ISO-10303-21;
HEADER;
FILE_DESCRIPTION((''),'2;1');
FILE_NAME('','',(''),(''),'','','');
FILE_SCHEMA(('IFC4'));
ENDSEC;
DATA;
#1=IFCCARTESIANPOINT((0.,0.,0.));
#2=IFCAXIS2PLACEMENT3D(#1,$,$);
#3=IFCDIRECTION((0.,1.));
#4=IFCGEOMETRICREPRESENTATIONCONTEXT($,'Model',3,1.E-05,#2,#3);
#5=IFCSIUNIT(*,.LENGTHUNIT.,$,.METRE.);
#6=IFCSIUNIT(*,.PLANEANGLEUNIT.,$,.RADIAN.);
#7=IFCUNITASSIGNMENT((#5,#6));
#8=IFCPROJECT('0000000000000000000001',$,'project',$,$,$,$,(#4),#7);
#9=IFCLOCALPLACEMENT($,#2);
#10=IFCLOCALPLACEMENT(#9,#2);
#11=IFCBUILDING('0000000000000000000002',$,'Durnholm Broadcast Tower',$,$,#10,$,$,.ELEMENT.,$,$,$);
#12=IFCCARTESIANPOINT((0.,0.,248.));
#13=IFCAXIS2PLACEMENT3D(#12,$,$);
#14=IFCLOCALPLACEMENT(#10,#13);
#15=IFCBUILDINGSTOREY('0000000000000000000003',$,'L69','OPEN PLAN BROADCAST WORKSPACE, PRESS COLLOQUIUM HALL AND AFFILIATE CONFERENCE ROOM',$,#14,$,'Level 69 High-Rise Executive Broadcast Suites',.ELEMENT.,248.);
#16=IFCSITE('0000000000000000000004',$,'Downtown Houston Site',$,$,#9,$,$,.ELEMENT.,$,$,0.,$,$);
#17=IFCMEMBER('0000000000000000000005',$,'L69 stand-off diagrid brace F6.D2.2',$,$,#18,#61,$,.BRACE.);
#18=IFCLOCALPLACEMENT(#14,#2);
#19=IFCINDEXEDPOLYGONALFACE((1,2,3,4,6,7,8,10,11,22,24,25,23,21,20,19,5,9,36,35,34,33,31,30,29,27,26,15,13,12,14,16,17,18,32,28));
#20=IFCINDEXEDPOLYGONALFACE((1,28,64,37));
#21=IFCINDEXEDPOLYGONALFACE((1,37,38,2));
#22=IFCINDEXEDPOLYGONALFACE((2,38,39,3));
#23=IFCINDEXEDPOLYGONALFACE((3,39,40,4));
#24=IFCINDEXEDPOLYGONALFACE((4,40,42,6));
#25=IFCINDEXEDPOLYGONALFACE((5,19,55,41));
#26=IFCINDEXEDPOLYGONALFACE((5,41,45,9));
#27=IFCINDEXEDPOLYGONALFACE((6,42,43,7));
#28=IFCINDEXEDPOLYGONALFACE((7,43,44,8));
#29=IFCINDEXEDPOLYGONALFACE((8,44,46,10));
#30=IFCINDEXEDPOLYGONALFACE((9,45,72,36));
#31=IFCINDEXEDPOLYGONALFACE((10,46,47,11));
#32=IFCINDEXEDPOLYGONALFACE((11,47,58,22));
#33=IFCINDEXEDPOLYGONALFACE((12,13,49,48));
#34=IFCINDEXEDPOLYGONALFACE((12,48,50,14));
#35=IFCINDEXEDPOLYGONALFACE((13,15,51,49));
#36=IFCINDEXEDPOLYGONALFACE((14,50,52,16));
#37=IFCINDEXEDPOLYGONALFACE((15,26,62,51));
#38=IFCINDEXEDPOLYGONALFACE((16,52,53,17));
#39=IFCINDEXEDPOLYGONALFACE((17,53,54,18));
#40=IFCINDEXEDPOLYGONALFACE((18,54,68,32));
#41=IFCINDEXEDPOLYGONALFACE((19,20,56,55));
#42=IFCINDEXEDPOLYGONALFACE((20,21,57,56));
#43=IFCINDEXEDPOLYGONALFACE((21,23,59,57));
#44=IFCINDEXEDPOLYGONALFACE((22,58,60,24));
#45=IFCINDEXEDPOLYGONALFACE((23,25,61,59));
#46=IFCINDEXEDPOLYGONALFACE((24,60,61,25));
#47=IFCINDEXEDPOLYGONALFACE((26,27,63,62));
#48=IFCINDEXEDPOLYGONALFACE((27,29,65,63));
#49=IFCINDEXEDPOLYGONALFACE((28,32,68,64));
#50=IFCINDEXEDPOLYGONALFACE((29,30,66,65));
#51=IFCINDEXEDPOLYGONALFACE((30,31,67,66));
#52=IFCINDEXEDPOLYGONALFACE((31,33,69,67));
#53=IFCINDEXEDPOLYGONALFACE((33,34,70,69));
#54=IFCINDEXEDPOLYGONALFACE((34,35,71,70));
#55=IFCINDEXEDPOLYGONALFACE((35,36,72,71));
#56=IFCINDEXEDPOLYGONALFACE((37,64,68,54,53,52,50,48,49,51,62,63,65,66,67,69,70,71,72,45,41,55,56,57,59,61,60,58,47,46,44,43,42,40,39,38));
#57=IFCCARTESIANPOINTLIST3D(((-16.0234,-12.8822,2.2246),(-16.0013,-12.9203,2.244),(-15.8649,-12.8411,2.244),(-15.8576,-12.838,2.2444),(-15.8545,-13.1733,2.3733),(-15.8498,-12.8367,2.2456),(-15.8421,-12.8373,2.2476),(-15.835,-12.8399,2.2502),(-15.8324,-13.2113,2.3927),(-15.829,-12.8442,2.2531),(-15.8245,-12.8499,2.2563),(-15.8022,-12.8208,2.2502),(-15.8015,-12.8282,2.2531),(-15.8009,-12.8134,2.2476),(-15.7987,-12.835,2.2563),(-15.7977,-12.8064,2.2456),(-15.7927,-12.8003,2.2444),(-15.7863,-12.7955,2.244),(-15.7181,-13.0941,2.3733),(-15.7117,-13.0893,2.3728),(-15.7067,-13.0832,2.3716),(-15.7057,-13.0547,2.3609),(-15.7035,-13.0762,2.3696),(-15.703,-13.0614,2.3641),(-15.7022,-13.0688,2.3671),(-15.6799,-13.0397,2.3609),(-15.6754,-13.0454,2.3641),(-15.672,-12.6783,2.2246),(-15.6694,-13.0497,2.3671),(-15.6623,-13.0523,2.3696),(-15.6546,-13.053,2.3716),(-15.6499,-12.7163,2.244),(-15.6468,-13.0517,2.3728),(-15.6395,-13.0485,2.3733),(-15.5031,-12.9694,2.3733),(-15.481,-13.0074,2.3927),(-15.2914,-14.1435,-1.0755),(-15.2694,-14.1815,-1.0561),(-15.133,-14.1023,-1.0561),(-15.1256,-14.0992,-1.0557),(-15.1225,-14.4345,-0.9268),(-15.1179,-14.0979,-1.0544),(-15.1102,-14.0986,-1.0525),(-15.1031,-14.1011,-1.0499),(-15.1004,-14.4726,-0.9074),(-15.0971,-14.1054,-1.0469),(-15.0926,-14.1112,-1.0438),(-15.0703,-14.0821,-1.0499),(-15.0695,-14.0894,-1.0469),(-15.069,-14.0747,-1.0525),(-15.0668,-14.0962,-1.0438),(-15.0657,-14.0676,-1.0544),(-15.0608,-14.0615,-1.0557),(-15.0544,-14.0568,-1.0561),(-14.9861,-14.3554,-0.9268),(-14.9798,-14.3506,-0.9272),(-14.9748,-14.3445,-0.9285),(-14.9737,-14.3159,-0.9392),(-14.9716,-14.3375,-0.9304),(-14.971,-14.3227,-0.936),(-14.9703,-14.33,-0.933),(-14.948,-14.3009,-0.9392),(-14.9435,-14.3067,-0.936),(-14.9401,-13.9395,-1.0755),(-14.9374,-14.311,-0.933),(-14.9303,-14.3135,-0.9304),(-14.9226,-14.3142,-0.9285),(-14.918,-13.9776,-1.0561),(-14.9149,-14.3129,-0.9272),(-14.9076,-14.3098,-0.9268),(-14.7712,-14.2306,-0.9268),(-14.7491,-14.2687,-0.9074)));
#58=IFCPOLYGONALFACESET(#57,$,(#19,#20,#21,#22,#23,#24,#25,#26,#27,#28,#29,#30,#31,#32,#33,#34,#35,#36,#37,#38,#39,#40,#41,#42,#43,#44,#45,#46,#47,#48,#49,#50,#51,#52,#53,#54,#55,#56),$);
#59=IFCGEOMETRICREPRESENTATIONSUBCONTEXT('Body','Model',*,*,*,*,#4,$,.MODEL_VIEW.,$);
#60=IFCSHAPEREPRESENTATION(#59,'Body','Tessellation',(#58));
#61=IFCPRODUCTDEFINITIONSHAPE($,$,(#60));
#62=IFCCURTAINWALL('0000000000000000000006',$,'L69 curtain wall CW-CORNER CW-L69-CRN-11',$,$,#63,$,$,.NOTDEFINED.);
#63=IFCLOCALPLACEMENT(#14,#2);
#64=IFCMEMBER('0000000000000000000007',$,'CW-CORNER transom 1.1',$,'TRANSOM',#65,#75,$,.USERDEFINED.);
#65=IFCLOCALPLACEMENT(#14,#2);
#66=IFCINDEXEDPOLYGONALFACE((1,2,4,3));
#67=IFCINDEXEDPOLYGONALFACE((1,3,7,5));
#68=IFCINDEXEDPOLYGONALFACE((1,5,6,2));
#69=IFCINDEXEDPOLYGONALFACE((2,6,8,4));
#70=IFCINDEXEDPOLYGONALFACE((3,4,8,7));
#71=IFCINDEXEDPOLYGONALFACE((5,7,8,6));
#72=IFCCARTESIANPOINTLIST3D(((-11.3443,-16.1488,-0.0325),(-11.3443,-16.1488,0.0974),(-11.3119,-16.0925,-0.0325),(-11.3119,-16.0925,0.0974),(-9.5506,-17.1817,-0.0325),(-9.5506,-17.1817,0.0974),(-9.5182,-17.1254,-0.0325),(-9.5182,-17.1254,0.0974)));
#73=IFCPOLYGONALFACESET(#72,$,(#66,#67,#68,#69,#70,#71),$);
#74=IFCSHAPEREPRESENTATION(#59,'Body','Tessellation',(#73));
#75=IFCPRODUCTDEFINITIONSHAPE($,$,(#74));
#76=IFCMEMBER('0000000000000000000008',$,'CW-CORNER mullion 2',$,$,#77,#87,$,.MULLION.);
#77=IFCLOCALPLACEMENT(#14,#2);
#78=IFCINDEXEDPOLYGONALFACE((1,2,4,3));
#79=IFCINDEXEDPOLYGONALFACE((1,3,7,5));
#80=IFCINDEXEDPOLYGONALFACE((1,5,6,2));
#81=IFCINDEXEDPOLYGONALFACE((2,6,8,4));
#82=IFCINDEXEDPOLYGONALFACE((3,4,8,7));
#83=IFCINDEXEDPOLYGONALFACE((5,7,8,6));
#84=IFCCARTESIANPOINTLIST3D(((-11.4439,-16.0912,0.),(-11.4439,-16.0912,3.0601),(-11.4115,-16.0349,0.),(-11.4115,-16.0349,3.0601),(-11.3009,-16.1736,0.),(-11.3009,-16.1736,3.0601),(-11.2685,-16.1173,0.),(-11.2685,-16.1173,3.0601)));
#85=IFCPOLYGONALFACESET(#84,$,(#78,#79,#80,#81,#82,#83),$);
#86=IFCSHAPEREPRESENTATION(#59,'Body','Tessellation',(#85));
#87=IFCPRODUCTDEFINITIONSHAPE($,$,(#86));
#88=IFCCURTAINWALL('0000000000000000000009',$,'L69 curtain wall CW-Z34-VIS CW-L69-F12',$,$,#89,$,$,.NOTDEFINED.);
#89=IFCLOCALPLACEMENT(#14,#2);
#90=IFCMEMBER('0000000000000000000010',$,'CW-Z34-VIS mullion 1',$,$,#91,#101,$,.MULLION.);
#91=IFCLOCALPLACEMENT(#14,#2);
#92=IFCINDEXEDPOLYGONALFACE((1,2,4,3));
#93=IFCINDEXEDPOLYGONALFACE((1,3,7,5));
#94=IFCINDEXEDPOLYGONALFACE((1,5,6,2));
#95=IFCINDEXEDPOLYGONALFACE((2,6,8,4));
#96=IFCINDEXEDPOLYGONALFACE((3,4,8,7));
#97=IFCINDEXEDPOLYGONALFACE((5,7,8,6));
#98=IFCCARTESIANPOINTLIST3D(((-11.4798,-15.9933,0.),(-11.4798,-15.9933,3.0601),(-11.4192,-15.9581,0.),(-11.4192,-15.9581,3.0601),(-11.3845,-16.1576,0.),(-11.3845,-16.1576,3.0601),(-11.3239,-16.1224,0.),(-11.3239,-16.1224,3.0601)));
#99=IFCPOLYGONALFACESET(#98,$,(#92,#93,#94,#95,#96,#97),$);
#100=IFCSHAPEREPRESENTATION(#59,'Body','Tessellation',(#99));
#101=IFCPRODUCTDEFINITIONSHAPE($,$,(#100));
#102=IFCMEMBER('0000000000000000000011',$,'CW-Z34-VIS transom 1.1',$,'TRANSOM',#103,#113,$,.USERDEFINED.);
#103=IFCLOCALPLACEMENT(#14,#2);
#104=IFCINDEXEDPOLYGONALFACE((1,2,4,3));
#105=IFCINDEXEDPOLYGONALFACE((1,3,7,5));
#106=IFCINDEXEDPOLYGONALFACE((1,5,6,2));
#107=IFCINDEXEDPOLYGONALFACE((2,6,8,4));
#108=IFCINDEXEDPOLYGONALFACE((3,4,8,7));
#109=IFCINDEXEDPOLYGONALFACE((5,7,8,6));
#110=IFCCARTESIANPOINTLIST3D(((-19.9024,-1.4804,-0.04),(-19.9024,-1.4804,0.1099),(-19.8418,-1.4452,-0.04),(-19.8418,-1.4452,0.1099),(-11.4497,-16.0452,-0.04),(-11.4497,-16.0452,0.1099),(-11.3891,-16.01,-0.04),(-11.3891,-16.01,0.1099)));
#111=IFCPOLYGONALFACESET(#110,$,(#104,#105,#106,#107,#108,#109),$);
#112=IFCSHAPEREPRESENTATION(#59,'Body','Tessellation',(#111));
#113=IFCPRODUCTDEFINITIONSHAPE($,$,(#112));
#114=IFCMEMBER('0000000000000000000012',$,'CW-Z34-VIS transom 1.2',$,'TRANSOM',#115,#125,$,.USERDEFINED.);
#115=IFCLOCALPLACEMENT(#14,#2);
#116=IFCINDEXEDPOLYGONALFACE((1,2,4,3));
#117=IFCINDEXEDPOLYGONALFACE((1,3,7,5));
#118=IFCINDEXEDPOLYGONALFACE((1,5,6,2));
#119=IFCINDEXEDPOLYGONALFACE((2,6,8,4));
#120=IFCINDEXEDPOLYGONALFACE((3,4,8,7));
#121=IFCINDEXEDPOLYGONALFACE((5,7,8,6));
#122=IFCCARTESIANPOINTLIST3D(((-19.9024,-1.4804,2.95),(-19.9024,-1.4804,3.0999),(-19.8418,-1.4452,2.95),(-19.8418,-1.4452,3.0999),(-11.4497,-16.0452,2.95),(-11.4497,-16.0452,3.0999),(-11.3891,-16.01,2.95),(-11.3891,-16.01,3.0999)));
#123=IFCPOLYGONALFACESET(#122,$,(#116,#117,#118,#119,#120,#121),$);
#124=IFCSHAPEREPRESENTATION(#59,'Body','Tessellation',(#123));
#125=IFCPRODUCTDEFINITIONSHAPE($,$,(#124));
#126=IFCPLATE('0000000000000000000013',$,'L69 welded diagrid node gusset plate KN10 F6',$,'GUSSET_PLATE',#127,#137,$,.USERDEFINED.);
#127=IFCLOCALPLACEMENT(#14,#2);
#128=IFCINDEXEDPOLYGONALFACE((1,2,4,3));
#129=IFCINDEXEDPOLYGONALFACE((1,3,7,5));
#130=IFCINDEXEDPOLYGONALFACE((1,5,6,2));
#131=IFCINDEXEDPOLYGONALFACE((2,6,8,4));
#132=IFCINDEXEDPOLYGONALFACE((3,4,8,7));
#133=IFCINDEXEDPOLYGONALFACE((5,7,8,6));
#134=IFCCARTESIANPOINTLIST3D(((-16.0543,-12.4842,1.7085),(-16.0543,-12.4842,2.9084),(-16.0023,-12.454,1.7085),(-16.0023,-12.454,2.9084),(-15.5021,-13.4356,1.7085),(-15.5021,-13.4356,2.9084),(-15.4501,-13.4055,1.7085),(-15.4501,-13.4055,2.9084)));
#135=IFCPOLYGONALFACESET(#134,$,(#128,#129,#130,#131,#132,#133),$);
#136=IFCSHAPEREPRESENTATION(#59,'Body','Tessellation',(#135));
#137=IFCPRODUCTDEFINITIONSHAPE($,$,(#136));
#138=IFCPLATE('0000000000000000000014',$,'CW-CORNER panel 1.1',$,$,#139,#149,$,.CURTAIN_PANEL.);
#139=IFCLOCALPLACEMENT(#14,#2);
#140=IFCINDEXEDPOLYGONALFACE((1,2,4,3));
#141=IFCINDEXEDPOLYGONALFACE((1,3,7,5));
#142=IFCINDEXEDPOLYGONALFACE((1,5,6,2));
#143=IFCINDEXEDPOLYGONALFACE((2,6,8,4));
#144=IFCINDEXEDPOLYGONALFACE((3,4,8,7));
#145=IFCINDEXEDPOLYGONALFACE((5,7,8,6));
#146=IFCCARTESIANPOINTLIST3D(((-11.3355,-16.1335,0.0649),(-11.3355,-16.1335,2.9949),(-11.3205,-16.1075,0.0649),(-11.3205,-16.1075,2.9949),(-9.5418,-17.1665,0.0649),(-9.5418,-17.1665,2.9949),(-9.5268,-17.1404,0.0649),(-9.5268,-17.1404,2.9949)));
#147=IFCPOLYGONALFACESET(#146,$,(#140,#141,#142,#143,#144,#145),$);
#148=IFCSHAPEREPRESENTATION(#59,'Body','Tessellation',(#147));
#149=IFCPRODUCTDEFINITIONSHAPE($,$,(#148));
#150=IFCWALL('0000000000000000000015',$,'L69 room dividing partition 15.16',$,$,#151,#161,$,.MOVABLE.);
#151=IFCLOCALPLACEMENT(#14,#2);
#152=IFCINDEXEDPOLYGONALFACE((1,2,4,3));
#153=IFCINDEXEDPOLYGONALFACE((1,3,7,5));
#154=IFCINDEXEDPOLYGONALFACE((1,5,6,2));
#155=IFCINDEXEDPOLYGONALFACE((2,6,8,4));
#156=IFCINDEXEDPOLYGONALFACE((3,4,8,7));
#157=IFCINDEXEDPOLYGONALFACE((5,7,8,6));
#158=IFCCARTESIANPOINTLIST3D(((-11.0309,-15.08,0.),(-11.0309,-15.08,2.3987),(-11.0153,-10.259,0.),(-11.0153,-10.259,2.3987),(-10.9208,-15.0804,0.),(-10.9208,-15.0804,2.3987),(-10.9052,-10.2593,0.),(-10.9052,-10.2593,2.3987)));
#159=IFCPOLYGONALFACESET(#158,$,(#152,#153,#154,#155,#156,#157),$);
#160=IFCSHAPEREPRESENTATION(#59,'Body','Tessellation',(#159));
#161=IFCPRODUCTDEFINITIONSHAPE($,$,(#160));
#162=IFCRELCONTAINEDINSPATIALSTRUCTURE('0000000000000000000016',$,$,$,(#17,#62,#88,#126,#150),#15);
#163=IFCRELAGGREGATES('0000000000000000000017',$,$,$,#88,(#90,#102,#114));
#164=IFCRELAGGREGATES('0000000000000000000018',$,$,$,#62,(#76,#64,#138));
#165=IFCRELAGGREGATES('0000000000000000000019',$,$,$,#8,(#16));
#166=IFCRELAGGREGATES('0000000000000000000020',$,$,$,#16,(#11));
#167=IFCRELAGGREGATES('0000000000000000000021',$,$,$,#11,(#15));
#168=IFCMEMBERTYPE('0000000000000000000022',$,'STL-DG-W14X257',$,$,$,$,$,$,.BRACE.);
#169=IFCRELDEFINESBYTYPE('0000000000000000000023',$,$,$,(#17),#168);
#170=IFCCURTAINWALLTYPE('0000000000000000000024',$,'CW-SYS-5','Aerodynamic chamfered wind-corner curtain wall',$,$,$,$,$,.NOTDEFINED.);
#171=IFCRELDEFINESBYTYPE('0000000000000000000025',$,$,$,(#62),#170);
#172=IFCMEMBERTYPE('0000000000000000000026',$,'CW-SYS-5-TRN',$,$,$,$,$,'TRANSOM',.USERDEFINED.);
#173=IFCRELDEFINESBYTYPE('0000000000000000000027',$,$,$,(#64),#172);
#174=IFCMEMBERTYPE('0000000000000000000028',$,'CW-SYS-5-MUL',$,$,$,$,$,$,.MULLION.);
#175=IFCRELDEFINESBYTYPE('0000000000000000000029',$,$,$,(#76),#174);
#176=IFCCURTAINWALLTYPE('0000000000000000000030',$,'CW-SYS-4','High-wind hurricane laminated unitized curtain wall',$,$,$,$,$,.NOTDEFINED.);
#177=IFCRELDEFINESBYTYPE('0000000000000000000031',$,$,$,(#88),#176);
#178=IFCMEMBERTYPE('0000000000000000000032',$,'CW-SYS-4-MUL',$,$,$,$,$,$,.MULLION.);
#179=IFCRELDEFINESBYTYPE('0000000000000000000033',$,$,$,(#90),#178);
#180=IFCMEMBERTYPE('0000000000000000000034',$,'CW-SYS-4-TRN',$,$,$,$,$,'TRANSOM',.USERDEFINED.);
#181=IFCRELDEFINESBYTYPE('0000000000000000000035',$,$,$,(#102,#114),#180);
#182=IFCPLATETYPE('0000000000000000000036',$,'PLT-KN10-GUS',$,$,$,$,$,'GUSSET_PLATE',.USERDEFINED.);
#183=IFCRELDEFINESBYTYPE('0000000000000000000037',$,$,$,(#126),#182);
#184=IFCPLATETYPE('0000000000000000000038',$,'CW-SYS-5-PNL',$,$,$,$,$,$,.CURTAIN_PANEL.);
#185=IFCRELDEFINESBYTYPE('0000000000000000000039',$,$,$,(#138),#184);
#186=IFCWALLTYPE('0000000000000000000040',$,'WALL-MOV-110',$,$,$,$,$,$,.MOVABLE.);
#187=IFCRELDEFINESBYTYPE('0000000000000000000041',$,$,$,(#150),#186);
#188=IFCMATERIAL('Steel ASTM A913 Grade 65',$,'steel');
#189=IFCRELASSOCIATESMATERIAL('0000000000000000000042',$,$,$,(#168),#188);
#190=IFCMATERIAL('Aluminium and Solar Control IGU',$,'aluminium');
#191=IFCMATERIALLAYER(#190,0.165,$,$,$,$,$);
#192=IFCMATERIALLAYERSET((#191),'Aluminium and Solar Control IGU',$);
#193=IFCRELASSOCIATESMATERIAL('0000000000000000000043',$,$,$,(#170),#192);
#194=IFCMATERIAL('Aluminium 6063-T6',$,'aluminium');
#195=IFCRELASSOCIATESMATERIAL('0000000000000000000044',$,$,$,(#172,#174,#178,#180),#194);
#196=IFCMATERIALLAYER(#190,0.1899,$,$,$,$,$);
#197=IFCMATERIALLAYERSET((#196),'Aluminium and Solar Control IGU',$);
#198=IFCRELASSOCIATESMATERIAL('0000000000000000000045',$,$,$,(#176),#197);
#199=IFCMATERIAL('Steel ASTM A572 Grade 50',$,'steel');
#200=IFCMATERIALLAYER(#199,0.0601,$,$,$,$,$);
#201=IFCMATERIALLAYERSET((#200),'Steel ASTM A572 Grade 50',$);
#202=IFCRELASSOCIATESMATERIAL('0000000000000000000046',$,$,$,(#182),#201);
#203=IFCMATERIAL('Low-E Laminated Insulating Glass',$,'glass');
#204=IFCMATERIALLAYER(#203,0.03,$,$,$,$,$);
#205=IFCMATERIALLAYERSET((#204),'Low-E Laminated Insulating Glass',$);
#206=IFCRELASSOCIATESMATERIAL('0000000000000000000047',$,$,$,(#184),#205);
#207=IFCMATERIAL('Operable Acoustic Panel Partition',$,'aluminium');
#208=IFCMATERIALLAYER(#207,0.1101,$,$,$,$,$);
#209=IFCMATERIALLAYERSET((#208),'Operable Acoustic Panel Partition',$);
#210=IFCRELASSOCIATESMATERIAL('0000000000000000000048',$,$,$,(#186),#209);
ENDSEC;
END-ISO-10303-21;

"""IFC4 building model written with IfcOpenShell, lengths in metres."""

from ifc_helpers import new_model, si_unit, direction, frame, frame_2d, origin, origin_2d, place, context, subcontext, project, spatial, rectangle, i_section, extrude, source, transform, mapped, material, layer, layer_set, material_profile, profile_set, type_object, type_shapes, element, aggregate, save


model = new_model("IFC4")

# Units and contexts
model_context = context("Model", 3, precision=1e-05, world=origin(), true_north=direction((0.0, 1.0)))
body_context = subcontext(model_context, "Body", "Model", "MODEL_VIEW")
ifc_project = project(units=[si_unit("LENGTHUNIT", "METRE"), si_unit("PLANEANGLEUNIT", "RADIAN")], contexts=[model_context])

# Site, building, storey
site_placement = place(None, origin())
site = spatial("IfcSite", under=ifc_project, at=site_placement, Name="Downtown Houston Site", CompositionType="ELEMENT", RefElevation=0.0)
building_placement = place(site_placement, origin())
building = spatial("IfcBuilding", under=site, at=building_placement, Name="Durnholm Broadcast Tower", CompositionType="ELEMENT")
storey_placement = place(building_placement, frame((0.0, 0.0, 248.0)))
storey = spatial("IfcBuildingStorey", under=building, at=storey_placement, Name="L69", Description="OPEN PLAN BROADCAST WORKSPACE, PRESS COLLOQUIUM HALL AND AFFILIATE CONFERENCE ROOM", LongName="Level 69 High-Rise Executive Broadcast Suites", CompositionType="ELEMENT", Elevation=248.0)

# Member
ifc_material_1 = material(Name="Steel ASTM A913 Grade 65", Category="steel")
ifc_material_profile_1 = material_profile(ifc_material_1, i_section(OverallWidth=0.4062, OverallDepth=0.416, WebThickness=0.0298, FlangeThickness=0.0481, FilletRadius=0.0305, at=origin_2d()), Name="W14X257")
ifc_profile_set_1 = profile_set([ifc_material_profile_1], Name="Steel ASTM A913 Grade 65")
member_type_1 = type_object("IfcMemberType", Name="STL-DG-W14X257", PredefinedType="BRACE", material=ifc_profile_set_1)
shared_shape_1 = source(origin(), body_context, "Body", "SweptSolid", [
    extrude(i_section(OverallWidth=0.4062, OverallDepth=0.416, WebThickness=0.0298, FlangeThickness=0.0481, FilletRadius=0.0305, at=origin_2d()), origin(), (0.0, 0.0, 1.0), 3.6079),
])
type_shapes(member_type_1, [shared_shape_1])
for number, where, z_axis, x_axis, name in (
    (1, (-15.0203, -14.2061, -0.9915), (-0.202871, 0.349577, 0.91468), (-0.864906, -0.501934, 0.0), "L69 stand-off diagrid brace F6.D2.2"),
):
    element("IfcMember", number, at=place(storey_placement, frame(where, z_axis=z_axis, x_axis=x_axis)), inside=storey, type_object=member_type_1, Name=name, PredefinedType="BRACE", context=body_context, shape_type="MappedRepresentation", body=[
        mapped(shared_shape_1, transform((0.0, 0.0, 0.0), x_axis=(1.0, 0.0, 0.0), y_axis=(0.0, 1.0, 0.0), z_axis=(0.0, 0.0, 1.0), scale=1.0)),
    ])

# Curtain walls, members
ifc_material_2 = material(Name="Aluminium and Solar Control IGU", Category="aluminium")
ifc_layer_1 = layer(ifc_material_2, 0.165)
ifc_layer_set_1 = layer_set([ifc_layer_1], Name="Aluminium and Solar Control IGU")
curtain_wall_type_1 = type_object("IfcCurtainWallType", Name="CW-SYS-5", Description="Aerodynamic chamfered wind-corner curtain wall", PredefinedType="NOTDEFINED", material=ifc_layer_set_1)
curtain_wall_1_placement = place(storey_placement, origin())
curtain_wall_1 = element("IfcCurtainWall", 2, at=curtain_wall_1_placement, inside=storey, type_object=curtain_wall_type_1, Name="L69 curtain wall CW-CORNER CW-L69-CRN-11", PredefinedType="NOTDEFINED")
ifc_material_3 = material(Name="Aluminium 6063-T6", Category="aluminium")
ifc_material_profile_2 = material_profile(ifc_material_3, rectangle(XDim=0.0649, YDim=0.1299, at=origin_2d()), Name="CWT65X130")
ifc_profile_set_2 = profile_set([ifc_material_profile_2], Name="Aluminium 6063-T6")
member_type_2 = type_object("IfcMemberType", Name="CW-SYS-5-TRN", ElementType="TRANSOM", PredefinedType="USERDEFINED", material=ifc_profile_set_2)
shared_shape_2 = source(origin(), body_context, "Body", "SweptSolid", [
    extrude(rectangle(XDim=0.0649, YDim=0.1299, at=origin_2d()), origin(), (0.0, 0.0, 1.0), 2.0698),
])
type_shapes(member_type_2, [shared_shape_2])
member_1_placement = place(storey_placement, frame((-9.5344, -17.1536, 0.0325), z_axis=(-0.866576, 0.499045, 0.0), x_axis=(-0.499045, -0.866576, 0.0)))
member_1 = element("IfcMember", 3, at=member_1_placement, type_object=member_type_2, Name="CW-CORNER transom 1.1", ObjectType="TRANSOM", PredefinedType="USERDEFINED", context=body_context, shape_type="MappedRepresentation", body=[
    mapped(shared_shape_2, transform((0.0, 0.0, 0.0), x_axis=(1.0, 0.0, 0.0), y_axis=(0.0, 1.0, 0.0), z_axis=(0.0, 0.0, 1.0), scale=1.0)),
])
ifc_material_profile_3 = material_profile(ifc_material_3, rectangle(XDim=0.0649, YDim=0.165, at=origin_2d()), Name="CWM65X165")
ifc_profile_set_3 = profile_set([ifc_material_profile_3], Name="Aluminium 6063-T6")
member_type_3 = type_object("IfcMemberType", Name="CW-SYS-5-MUL", PredefinedType="MULLION", material=ifc_profile_set_3)
shared_shape_3 = source(origin(), body_context, "Body", "SweptSolid", [
    extrude(rectangle(XDim=0.0649, YDim=0.165, at=origin_2d()), origin(), (0.0, 0.0, 1.0), 3.0601),
])
type_shapes(member_type_3, [shared_shape_3])
member_2_placement = place(storey_placement, frame((-11.3562, -16.1042, 0.0), z_axis=(0.0, 0.0, 1.0), x_axis=(-0.499059, -0.866568, 0.0)))
member_2 = element("IfcMember", 4, at=member_2_placement, type_object=member_type_3, Name="CW-CORNER mullion 2", PredefinedType="MULLION", context=body_context, shape_type="MappedRepresentation", body=[
    mapped(shared_shape_3, transform((0.0, 0.0, 0.0), x_axis=(1.0, 0.0, 0.0), y_axis=(0.0, 1.0, 0.0), z_axis=(0.0, 0.0, 1.0), scale=1.0)),
])
ifc_layer_2 = layer(ifc_material_2, 0.1899)
ifc_layer_set_2 = layer_set([ifc_layer_2], Name="Aluminium and Solar Control IGU")
curtain_wall_type_2 = type_object("IfcCurtainWallType", Name="CW-SYS-4", Description="High-wind hurricane laminated unitized curtain wall", PredefinedType="NOTDEFINED", material=ifc_layer_set_2)
curtain_wall_2_placement = place(storey_placement, origin())
curtain_wall_2 = element("IfcCurtainWall", 5, at=curtain_wall_2_placement, inside=storey, type_object=curtain_wall_type_2, Name="L69 curtain wall CW-Z34-VIS CW-L69-F12", PredefinedType="NOTDEFINED")
ifc_material_profile_4 = material_profile(ifc_material_3, rectangle(XDim=0.0701, YDim=0.1899, at=origin_2d()), Name="CWM70X190")
ifc_profile_set_4 = profile_set([ifc_material_profile_4], Name="Aluminium 6063-T6")
member_type_4 = type_object("IfcMemberType", Name="CW-SYS-4-MUL", PredefinedType="MULLION", material=ifc_profile_set_4)
shared_shape_4 = source(origin(), body_context, "Body", "SweptSolid", [
    extrude(rectangle(XDim=0.0701, YDim=0.1899, at=origin_2d()), origin(), (0.0, 0.0, 1.0), 3.0601),
])
type_shapes(member_type_4, [shared_shape_4])
member_3_placement = place(storey_placement, frame((-11.4019, -16.0579, 0.0), z_axis=(0.0, 0.0, 1.0), x_axis=(-0.8649, -0.501944, 0.0)))
member_3 = element("IfcMember", 6, at=member_3_placement, type_object=member_type_4, Name="CW-Z34-VIS mullion 1", PredefinedType="MULLION", context=body_context, shape_type="MappedRepresentation", body=[
    mapped(shared_shape_4, transform((0.0, 0.0, 0.0), x_axis=(1.0, 0.0, 0.0), y_axis=(0.0, 1.0, 0.0), z_axis=(0.0, 0.0, 1.0), scale=1.0)),
])
ifc_material_profile_5 = material_profile(ifc_material_3, rectangle(XDim=0.0701, YDim=0.1499, at=origin_2d()), Name="CWT70X150")
ifc_profile_set_5 = profile_set([ifc_material_profile_5], Name="Aluminium 6063-T6")
member_type_5 = type_object("IfcMemberType", Name="CW-SYS-4-TRN", ElementType="TRANSOM", PredefinedType="USERDEFINED", material=ifc_profile_set_5)
shared_shape_5 = source(origin(), body_context, "Body", "SweptSolid", [
    extrude(rectangle(XDim=0.0701, YDim=0.1499, at=origin_2d()), origin(), (0.0, 0.0, 1.0), 16.8398),
])
type_shapes(member_type_5, [shared_shape_5])
member_4_placement = place(storey_placement, frame((-11.4194, -16.0276, 0.0349), z_axis=(-0.501945, 0.864899, 0.0), x_axis=(-0.864899, -0.501945, 0.0)))
member_4 = element("IfcMember", 7, at=member_4_placement, type_object=member_type_5, Name="CW-Z34-VIS transom 1.1", ObjectType="TRANSOM", PredefinedType="USERDEFINED", context=body_context, shape_type="MappedRepresentation", body=[
    mapped(shared_shape_5, transform((0.0, 0.0, 0.0), x_axis=(1.0, 0.0, 0.0), y_axis=(0.0, 1.0, 0.0), z_axis=(0.0, 0.0, 1.0), scale=1.0)),
])
member_5_placement = place(storey_placement, frame((-11.4194, -16.0276, 3.0249), z_axis=(-0.501945, 0.864899, 0.0), x_axis=(-0.864899, -0.501945, 0.0)))
member_5 = element("IfcMember", 8, at=member_5_placement, type_object=member_type_5, Name="CW-Z34-VIS transom 1.2", ObjectType="TRANSOM", PredefinedType="USERDEFINED", context=body_context, shape_type="MappedRepresentation", body=[
    mapped(shared_shape_5, transform((0.0, 0.0, 0.0), x_axis=(1.0, 0.0, 0.0), y_axis=(0.0, 1.0, 0.0), z_axis=(0.0, 0.0, 1.0), scale=1.0)),
])
aggregate(curtain_wall_2, [member_3, member_4, member_5])

# Plates
ifc_material_4 = material(Name="Steel ASTM A572 Grade 50", Category="steel")
ifc_layer_3 = layer(ifc_material_4, 0.0601)
ifc_layer_set_3 = layer_set([ifc_layer_3], Name="Steel ASTM A572 Grade 50")
plate_type_1 = type_object("IfcPlateType", Name="PLT-KN10-GUS", ElementType="GUSSET_PLATE", PredefinedType="USERDEFINED", material=ifc_layer_set_3)
shared_shape_6 = source(origin(), body_context, "Body", "SweptSolid", [
    extrude(rectangle(XDim=1.1001, YDim=0.0601, at=origin_2d()), origin(), (0.0, 0.0, 1.0), 1.2),
])
type_shapes(plate_type_1, [shared_shape_6])
plate_1_placement = place(storey_placement, frame((-15.7522, -12.9448, 1.7085), z_axis=(0.0, 0.0, 1.0), x_axis=(0.501964, -0.864889, 0.0)))
element("IfcPlate", 9, at=plate_1_placement, inside=storey, type_object=plate_type_1, Name="L69 welded diagrid node gusset plate KN10 F6", ObjectType="GUSSET_PLATE", PredefinedType="USERDEFINED", context=body_context, shape_type="MappedRepresentation", body=[
    mapped(shared_shape_6, transform((0.0, 0.0, 0.0), x_axis=(1.0, 0.0, 0.0), y_axis=(0.0, 1.0, 0.0), z_axis=(0.0, 0.0, 1.0), scale=1.0)),
])
ifc_material_5 = material(Name="Low-E Laminated Insulating Glass", Category="glass")
ifc_layer_4 = layer(ifc_material_5, 0.03)
ifc_layer_set_4 = layer_set([ifc_layer_4], Name="Low-E Laminated Insulating Glass")
plate_type_2 = type_object("IfcPlateType", Name="CW-SYS-5-PNL", PredefinedType="CURTAIN_PANEL", material=ifc_layer_set_4)
shared_shape_7 = source(origin(), body_context, "Body", "SweptSolid", [
    extrude(rectangle(XDim=2.0698, YDim=0.03, at=origin_2d()), origin(), (0.0, 0.0, 1.0), 2.9299),
])
type_shapes(plate_type_2, [shared_shape_7])
plate_2_placement = place(storey_placement, frame((-10.4312, -16.637, 0.0649), z_axis=(0.0, 0.0, 1.0), x_axis=(-0.866568, 0.499059, 0.0)))
plate_2 = element("IfcPlate", 10, at=plate_2_placement, type_object=plate_type_2, Name="CW-CORNER panel 1.1", PredefinedType="CURTAIN_PANEL", context=body_context, shape_type="MappedRepresentation", body=[
    mapped(shared_shape_7, transform((0.0, 0.0, 0.0), x_axis=(1.0, 0.0, 0.0), y_axis=(0.0, 1.0, 0.0), z_axis=(0.0, 0.0, 1.0), scale=1.0)),
])
aggregate(curtain_wall_1, [member_2, member_1, plate_2])

# Wall
ifc_material_6 = material(Name="Operable Acoustic Panel Partition", Category="aluminium")
ifc_layer_5 = layer(ifc_material_6, 0.1101)
ifc_layer_set_5 = layer_set([ifc_layer_5], Name="Operable Acoustic Panel Partition")
wall_type_1 = type_object("IfcWallType", Name="WALL-MOV-110", PredefinedType="MOVABLE", material=ifc_layer_set_5)
wall_1_placement = place(storey_placement, frame((-10.9602, -10.259, 0.0), z_axis=(0.0, 0.0, 1.0), x_axis=(-0.003241, -0.999995, 0.0)))
element("IfcWall", 11, at=wall_1_placement, inside=storey, type_object=wall_type_1, Name="L69 room dividing partition 15.16", PredefinedType="MOVABLE", context=body_context, shape_type="SweptSolid", body=[
    extrude(rectangle(XDim=4.821, YDim=0.1101, at=frame_2d((2.4106, 0.0))), origin(), (0.0, 0.0, 1.0), 2.3987),
])

save(model, "model.ifc")
